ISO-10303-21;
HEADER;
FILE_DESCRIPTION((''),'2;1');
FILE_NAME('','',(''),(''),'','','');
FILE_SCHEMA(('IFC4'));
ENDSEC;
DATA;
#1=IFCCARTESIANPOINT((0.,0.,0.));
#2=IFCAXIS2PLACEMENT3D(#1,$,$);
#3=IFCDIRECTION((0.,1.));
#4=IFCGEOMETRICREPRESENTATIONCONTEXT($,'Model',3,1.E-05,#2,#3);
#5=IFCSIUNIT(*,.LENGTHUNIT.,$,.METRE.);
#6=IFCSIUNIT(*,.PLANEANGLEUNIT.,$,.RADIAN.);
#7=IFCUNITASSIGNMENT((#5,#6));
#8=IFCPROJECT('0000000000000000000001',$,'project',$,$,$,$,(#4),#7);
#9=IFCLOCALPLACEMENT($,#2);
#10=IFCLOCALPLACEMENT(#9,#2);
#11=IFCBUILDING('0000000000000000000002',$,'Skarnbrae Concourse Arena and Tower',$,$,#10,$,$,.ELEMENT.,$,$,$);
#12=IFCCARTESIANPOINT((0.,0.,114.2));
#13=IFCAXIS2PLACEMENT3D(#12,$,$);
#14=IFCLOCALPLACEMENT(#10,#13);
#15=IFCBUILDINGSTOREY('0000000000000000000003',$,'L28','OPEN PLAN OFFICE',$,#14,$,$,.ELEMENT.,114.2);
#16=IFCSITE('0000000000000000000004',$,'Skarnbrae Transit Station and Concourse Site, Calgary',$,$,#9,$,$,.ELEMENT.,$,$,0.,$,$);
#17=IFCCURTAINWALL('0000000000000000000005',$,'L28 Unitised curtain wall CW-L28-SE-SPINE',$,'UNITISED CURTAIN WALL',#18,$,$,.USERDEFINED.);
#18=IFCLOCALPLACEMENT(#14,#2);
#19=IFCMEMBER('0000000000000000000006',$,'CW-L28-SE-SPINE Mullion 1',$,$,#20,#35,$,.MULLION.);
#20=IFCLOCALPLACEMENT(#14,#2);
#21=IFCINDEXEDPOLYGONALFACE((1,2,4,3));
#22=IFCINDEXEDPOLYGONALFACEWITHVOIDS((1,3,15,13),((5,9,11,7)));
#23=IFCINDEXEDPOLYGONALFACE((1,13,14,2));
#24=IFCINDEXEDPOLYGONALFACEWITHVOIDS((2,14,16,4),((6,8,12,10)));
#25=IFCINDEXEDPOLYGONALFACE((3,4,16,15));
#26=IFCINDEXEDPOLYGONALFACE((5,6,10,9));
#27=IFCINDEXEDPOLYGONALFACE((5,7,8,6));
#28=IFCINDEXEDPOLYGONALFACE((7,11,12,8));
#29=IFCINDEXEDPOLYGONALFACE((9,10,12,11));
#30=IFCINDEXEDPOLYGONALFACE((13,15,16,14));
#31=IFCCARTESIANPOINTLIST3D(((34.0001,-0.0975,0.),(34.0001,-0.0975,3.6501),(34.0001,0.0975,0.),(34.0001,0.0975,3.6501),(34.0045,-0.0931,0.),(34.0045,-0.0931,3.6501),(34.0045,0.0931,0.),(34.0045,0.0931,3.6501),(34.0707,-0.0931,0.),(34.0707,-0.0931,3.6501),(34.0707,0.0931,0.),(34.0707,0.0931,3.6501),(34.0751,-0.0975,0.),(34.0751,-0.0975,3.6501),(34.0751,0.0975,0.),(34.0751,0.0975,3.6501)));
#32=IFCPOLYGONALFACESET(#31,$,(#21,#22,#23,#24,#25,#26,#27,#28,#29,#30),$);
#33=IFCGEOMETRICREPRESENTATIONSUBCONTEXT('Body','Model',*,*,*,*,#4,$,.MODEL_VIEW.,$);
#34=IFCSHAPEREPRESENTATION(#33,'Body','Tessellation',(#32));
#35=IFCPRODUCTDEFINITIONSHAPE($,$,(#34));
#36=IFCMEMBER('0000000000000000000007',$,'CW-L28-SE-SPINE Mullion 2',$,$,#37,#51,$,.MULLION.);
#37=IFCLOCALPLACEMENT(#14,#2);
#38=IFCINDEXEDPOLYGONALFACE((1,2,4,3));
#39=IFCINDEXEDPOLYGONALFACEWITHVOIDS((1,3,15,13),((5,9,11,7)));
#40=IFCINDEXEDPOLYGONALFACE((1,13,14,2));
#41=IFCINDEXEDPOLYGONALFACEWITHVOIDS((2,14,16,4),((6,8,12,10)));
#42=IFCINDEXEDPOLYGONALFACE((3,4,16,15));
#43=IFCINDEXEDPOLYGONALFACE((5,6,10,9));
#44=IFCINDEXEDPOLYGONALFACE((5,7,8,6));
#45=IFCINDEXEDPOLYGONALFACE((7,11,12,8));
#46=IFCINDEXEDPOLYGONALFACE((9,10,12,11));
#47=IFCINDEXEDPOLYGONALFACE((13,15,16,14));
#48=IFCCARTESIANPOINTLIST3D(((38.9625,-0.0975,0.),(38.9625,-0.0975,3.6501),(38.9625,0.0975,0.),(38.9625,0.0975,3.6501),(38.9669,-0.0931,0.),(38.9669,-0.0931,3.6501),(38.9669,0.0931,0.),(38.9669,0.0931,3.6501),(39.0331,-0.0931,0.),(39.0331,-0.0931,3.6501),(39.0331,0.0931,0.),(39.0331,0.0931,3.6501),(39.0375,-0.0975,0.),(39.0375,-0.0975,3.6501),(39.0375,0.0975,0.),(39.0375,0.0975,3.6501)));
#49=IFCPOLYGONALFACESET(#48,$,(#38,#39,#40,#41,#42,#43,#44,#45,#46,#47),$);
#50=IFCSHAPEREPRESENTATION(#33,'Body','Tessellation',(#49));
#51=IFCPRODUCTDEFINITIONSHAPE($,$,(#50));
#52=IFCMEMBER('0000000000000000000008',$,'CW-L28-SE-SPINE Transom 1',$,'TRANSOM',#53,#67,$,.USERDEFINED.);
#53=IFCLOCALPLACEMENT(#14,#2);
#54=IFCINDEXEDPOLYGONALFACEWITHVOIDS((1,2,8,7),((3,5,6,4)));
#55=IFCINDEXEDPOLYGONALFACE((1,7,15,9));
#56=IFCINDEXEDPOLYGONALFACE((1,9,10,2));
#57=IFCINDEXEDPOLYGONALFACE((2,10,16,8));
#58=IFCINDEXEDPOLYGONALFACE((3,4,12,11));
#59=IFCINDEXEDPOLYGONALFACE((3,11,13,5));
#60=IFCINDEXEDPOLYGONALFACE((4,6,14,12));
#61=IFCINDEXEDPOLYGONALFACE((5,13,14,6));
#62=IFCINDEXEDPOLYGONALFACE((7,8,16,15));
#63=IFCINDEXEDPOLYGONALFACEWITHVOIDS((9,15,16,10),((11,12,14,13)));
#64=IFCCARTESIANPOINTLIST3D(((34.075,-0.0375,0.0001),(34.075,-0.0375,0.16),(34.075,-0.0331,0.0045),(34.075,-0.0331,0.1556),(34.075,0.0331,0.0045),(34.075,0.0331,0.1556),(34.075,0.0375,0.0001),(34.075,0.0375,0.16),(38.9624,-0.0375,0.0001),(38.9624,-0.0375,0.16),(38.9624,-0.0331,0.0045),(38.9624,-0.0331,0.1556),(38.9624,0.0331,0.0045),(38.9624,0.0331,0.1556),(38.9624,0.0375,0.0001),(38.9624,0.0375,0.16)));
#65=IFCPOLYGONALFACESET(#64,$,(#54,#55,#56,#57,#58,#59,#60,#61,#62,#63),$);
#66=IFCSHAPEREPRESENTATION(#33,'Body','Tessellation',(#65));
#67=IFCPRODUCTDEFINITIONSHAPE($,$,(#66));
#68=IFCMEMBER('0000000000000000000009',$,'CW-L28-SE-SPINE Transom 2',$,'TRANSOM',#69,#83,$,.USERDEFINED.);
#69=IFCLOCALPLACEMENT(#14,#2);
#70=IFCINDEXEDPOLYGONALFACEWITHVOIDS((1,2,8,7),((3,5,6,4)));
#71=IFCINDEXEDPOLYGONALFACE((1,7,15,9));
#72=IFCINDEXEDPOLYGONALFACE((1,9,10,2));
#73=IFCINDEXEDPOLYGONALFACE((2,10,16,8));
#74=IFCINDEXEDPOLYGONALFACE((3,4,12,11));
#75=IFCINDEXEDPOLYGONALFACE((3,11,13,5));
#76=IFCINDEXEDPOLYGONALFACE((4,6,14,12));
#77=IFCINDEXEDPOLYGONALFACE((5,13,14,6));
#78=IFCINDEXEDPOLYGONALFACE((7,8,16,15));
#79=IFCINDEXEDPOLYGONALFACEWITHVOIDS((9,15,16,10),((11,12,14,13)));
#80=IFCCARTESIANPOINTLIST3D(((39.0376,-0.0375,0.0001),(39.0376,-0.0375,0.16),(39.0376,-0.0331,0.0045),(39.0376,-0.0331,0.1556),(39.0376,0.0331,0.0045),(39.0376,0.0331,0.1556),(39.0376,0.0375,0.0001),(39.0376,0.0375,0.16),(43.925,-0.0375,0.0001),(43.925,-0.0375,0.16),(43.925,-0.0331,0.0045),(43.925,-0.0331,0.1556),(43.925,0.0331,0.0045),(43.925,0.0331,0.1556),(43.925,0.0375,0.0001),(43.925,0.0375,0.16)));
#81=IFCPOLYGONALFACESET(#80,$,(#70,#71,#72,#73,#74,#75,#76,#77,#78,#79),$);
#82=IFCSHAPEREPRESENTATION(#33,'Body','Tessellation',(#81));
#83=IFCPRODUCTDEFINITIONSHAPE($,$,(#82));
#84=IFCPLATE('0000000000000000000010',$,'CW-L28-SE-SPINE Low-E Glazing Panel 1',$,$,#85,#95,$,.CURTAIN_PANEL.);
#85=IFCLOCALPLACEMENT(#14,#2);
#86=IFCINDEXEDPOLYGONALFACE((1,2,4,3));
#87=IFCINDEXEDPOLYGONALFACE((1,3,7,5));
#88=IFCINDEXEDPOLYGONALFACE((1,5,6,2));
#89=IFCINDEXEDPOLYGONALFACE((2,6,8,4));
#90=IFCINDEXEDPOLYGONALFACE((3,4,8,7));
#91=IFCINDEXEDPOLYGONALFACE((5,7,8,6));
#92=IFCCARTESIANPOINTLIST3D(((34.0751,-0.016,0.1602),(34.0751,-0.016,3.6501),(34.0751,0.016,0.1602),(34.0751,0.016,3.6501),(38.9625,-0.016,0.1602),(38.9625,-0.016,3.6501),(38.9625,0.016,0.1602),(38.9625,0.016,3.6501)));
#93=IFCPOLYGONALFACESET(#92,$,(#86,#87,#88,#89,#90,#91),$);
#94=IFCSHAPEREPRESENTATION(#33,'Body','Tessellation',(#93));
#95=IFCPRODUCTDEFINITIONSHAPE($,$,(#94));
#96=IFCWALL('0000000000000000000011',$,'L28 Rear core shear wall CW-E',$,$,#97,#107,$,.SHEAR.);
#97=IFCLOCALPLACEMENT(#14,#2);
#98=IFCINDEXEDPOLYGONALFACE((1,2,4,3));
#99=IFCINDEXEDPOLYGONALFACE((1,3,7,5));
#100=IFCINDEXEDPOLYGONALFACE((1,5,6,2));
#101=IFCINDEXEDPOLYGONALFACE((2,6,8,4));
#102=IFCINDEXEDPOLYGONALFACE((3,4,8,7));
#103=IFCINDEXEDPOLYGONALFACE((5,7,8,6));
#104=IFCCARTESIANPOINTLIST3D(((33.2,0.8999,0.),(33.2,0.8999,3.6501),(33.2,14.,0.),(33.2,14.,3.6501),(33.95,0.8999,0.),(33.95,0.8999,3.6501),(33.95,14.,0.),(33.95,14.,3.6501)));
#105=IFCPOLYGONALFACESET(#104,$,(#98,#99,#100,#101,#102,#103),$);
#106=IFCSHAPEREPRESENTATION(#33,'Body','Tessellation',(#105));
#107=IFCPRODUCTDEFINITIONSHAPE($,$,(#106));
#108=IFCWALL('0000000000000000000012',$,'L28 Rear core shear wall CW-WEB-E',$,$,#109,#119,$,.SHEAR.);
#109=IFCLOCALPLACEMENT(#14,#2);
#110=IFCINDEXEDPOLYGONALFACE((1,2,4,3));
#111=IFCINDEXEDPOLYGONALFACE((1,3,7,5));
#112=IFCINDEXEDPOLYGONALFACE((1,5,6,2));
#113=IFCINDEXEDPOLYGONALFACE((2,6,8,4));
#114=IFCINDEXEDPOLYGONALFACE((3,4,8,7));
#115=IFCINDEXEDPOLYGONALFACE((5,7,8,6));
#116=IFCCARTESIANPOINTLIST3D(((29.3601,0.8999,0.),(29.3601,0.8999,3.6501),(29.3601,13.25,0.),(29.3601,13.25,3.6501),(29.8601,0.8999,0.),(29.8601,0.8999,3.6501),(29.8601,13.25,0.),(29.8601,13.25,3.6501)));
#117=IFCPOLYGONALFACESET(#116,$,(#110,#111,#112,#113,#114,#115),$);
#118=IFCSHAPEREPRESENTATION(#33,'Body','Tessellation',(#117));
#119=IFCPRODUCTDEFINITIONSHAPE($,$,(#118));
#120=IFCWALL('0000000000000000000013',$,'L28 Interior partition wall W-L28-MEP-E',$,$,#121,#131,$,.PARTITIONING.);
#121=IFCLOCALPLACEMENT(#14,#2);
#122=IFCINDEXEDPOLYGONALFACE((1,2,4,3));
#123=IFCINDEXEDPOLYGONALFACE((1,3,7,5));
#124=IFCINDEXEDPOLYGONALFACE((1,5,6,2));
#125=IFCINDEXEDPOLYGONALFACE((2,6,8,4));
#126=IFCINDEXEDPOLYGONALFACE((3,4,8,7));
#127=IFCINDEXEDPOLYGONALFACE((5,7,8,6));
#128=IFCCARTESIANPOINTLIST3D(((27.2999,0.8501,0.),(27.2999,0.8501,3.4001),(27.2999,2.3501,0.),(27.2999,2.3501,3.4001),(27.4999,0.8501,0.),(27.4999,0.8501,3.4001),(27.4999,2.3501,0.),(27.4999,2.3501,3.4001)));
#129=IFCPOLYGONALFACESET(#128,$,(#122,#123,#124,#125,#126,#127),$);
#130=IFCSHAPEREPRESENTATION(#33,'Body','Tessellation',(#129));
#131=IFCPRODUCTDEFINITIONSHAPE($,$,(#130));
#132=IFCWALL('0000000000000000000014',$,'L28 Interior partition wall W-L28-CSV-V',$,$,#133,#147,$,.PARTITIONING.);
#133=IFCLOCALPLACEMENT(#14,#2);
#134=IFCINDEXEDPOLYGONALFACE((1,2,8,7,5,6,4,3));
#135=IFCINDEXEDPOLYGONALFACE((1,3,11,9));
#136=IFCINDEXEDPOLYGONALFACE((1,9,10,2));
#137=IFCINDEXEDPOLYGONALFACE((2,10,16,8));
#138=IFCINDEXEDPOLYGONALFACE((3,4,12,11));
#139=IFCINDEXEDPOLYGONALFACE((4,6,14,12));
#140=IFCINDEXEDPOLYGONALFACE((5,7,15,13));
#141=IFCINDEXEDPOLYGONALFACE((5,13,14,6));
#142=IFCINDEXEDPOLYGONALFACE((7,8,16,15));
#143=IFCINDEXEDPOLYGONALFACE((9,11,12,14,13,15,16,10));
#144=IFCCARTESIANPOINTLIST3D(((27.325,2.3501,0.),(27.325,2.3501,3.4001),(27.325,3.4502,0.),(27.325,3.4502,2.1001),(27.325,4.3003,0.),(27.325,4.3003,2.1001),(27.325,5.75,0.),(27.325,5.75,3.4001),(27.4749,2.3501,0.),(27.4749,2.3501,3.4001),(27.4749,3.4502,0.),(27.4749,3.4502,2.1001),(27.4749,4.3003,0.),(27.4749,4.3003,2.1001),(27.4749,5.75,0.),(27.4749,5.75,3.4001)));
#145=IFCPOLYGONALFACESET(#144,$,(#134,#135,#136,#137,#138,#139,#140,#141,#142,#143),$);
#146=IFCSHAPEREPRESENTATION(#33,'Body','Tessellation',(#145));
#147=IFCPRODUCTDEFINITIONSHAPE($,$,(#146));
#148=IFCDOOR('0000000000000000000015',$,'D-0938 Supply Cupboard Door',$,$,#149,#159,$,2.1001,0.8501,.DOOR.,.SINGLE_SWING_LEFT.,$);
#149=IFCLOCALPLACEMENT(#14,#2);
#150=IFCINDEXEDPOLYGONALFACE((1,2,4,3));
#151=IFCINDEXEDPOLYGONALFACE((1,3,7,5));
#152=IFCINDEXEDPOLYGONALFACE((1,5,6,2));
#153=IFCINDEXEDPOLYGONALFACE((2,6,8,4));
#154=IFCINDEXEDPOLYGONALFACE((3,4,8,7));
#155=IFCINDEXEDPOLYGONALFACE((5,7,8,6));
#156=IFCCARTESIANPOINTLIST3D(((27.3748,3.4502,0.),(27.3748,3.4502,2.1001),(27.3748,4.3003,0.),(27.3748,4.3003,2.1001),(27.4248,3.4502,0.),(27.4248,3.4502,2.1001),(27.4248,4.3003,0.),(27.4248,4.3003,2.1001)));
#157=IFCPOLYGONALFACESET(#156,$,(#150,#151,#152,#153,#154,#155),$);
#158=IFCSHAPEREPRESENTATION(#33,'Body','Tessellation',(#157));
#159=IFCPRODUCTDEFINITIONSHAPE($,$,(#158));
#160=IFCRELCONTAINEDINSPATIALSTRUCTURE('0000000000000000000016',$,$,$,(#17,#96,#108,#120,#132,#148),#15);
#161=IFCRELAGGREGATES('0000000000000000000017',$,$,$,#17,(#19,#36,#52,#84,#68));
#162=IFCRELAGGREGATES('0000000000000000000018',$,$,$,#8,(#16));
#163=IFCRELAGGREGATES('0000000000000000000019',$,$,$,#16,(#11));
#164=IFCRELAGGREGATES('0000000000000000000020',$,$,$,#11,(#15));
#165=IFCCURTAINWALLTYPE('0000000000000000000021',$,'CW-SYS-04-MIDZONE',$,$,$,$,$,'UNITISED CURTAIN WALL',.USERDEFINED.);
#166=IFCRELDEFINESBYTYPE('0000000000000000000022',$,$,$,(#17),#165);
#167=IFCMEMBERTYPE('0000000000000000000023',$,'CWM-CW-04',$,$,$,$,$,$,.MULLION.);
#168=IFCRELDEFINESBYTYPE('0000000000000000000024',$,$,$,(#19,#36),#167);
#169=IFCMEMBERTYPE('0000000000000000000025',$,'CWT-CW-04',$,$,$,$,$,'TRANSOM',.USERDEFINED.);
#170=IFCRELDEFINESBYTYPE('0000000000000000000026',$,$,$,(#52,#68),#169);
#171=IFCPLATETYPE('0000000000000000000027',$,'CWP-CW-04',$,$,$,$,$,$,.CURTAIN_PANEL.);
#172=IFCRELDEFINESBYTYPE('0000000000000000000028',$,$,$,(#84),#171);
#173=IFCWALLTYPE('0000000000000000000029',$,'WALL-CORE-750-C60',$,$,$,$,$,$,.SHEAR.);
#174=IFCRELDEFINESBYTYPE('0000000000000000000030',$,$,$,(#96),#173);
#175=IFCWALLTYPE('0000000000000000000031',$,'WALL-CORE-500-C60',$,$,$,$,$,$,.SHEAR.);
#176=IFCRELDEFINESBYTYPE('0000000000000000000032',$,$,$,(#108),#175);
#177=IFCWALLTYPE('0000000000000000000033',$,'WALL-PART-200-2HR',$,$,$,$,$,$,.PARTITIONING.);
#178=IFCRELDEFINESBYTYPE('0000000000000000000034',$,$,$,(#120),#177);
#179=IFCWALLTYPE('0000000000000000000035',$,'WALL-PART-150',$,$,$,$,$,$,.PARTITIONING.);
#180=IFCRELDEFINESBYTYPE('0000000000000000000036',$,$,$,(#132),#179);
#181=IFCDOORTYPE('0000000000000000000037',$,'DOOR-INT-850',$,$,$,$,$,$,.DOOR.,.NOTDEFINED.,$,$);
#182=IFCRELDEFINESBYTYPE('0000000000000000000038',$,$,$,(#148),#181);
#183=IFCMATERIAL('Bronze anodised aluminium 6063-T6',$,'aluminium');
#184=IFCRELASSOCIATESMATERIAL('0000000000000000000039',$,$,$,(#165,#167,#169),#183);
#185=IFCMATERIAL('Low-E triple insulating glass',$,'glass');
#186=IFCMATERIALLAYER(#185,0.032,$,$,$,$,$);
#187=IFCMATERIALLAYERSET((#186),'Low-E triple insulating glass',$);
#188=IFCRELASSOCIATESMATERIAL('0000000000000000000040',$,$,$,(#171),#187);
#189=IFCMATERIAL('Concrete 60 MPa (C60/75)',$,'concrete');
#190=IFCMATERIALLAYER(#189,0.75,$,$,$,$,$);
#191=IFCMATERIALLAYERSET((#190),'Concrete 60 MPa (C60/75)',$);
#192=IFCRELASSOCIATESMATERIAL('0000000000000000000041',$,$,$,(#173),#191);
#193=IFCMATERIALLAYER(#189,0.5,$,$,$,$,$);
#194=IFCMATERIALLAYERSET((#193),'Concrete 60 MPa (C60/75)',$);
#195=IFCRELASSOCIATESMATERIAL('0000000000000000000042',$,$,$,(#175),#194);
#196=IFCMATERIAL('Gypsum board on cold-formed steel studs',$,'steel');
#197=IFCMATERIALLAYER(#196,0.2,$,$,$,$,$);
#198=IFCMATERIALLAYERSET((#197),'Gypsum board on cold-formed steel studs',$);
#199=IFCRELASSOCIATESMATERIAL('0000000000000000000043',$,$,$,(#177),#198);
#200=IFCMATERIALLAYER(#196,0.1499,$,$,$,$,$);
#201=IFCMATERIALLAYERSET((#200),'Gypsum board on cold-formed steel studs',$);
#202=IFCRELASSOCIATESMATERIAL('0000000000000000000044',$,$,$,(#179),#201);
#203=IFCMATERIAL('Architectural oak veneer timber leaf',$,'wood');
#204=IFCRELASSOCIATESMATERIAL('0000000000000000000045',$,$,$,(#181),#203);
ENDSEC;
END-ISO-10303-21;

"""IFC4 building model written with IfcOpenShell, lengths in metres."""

from ifc_helpers import new_model, si_unit, direction, frame, frame_2d, origin, origin_2d, place, context, subcontext, project, spatial, rectangle, hollow_rectangle, extrude, source, transform, mapped, material, layer, layer_set, material_profile, profile_set, type_object, element, fill, aggregate, save


model = new_model("IFC4")

# Units and contexts
model_context = context("Model", 3, precision=1e-05, world=origin(), true_north=direction((0.0, 1.0)))
body_context = subcontext(model_context, "Body", "Model", "MODEL_VIEW")
ifc_project = project(units=[si_unit("LENGTHUNIT", "METRE"), si_unit("PLANEANGLEUNIT", "RADIAN")], contexts=[model_context])

# Site, building, storey
site_placement = place(None, origin())
site = spatial("IfcSite", under=ifc_project, at=site_placement, Name="Skarnbrae Transit Station and Concourse Site, Calgary", CompositionType="ELEMENT", RefElevation=0.0)
building_placement = place(site_placement, origin())
building = spatial("IfcBuilding", under=site, at=building_placement, Name="Skarnbrae Concourse Arena and Tower", CompositionType="ELEMENT")
storey_placement = place(building_placement, frame((0.0, 0.0, 114.2)))
storey = spatial("IfcBuildingStorey", under=building, at=storey_placement, Name="L28", Description="OPEN PLAN OFFICE", CompositionType="ELEMENT", Elevation=114.2)

# Curtain wall, members, plate
ifc_material_1 = material(Name="Bronze anodised aluminium 6063-T6", Category="aluminium")
curtain_wall_type = type_object("IfcCurtainWallType", Name="CW-SYS-04-MIDZONE", ElementType="UNITISED CURTAIN WALL", PredefinedType="USERDEFINED", material=ifc_material_1)
curtain_wall_placement = place(storey_placement, origin())
curtain_wall = element("IfcCurtainWall", 1, at=curtain_wall_placement, inside=storey, type_object=curtain_wall_type, Name="L28 Unitised curtain wall CW-L28-SE-SPINE", ObjectType="UNITISED CURTAIN WALL", PredefinedType="USERDEFINED")
ifc_material_profile_1 = material_profile(ifc_material_1, hollow_rectangle(XDim=0.075, YDim=0.1951, WallThickness=0.0044, at=origin_2d()), Name="ALU-MULL-75X195")
ifc_profile_set_1 = profile_set([ifc_material_profile_1], Name="Bronze anodised aluminium 6063-T6")
member_type_1 = type_object("IfcMemberType", Name="CWM-CW-04", PredefinedType="MULLION", material=ifc_profile_set_1)
shared_shape_1 = source(origin(), body_context, "Body", "SweptSolid", [
    extrude(hollow_rectangle(XDim=0.075, YDim=0.1951, WallThickness=0.0044, at=origin_2d()), origin(), (0.0, 0.0, 1.0), 3.6501),
])
member_1_placement = place(storey_placement, frame((34.0376, 0.0, 0.0), z_axis=(0.0, 0.0, 1.0), x_axis=(1.0, 0.0, 0.0)))
member_1 = element("IfcMember", 2, at=member_1_placement, type_object=member_type_1, Name="CW-L28-SE-SPINE Mullion 1", PredefinedType="MULLION", context=body_context, shape_type="MappedRepresentation", body=[
    mapped(shared_shape_1, transform((0.0, 0.0, 0.0))),
])
member_2_placement = place(storey_placement, frame((39.0, 0.0, 0.0), z_axis=(0.0, 0.0, 1.0), x_axis=(1.0, 0.0, 0.0)))
member_2 = element("IfcMember", 3, at=member_2_placement, type_object=member_type_1, Name="CW-L28-SE-SPINE Mullion 2", PredefinedType="MULLION", context=body_context, shape_type="MappedRepresentation", body=[
    mapped(shared_shape_1, transform((0.0, 0.0, 0.0))),
])
ifc_material_profile_2 = material_profile(ifc_material_1, hollow_rectangle(XDim=0.075, YDim=0.1599, WallThickness=0.0044, at=origin_2d()), Name="ALU-TRAN-75X160")
ifc_profile_set_2 = profile_set([ifc_material_profile_2], Name="Bronze anodised aluminium 6063-T6")
member_type_2 = type_object("IfcMemberType", Name="CWT-CW-04", ElementType="TRANSOM", PredefinedType="USERDEFINED", material=ifc_profile_set_2)
shared_shape_2 = source(origin(), body_context, "Body", "SweptSolid", [
    extrude(hollow_rectangle(XDim=0.075, YDim=0.1599, WallThickness=0.0044, at=origin_2d()), origin(), (0.0, 0.0, 1.0), 4.8875),
])
member_3_placement = place(storey_placement, frame((34.075, 0.0, 0.0801), z_axis=(1.0, 0.0, 0.0), x_axis=(0.0, 1.0, 0.0)))
member_3 = element("IfcMember", 4, at=member_3_placement, type_object=member_type_2, Name="CW-L28-SE-SPINE Transom 1", ObjectType="TRANSOM", PredefinedType="USERDEFINED", context=body_context, shape_type="MappedRepresentation", body=[
    mapped(shared_shape_2, transform((0.0, 0.0, 0.0))),
])
member_4_placement = place(storey_placement, frame((39.0376, 0.0, 0.0801), z_axis=(1.0, 0.0, 0.0), x_axis=(0.0, 1.0, 0.0)))
member_4 = element("IfcMember", 5, at=member_4_placement, type_object=member_type_2, Name="CW-L28-SE-SPINE Transom 2", ObjectType="TRANSOM", PredefinedType="USERDEFINED", context=body_context, shape_type="MappedRepresentation", body=[
    mapped(shared_shape_2, transform((0.0, 0.0, 0.0))),
])
ifc_material_2 = material(Name="Low-E triple insulating glass", Category="glass")
ifc_layer_1 = layer(ifc_material_2, 0.032)
ifc_layer_set_1 = layer_set([ifc_layer_1], Name="Low-E triple insulating glass")
plate_type = type_object("IfcPlateType", Name="CWP-CW-04", PredefinedType="CURTAIN_PANEL", material=ifc_layer_set_1)
shared_shape_3 = source(origin(), body_context, "Body", "SweptSolid", [
    extrude(rectangle(XDim=4.8875, YDim=0.032, at=origin_2d()), origin(), (0.0, 0.0, 1.0), 3.49),
])
plate_placement = place(storey_placement, frame((36.5188, 0.0, 0.1602), z_axis=(0.0, 0.0, 1.0), x_axis=(1.0, 0.0, 0.0)))
plate = element("IfcPlate", 6, at=plate_placement, type_object=plate_type, Name="CW-L28-SE-SPINE Low-E Glazing Panel 1", PredefinedType="CURTAIN_PANEL", context=body_context, shape_type="MappedRepresentation", body=[
    mapped(shared_shape_3, transform((0.0, 0.0, 0.0))),
])
aggregate(curtain_wall, [member_1, member_2, member_3, plate, member_4])

# Walls
ifc_material_3 = material(Name="Concrete 60 MPa (C60/75)", Category="concrete")
ifc_layer_2 = layer(ifc_material_3, 0.75)
ifc_layer_set_2 = layer_set([ifc_layer_2], Name="Concrete 60 MPa (C60/75)")
wall_type_1 = type_object("IfcWallType", Name="WALL-CORE-750-C60", PredefinedType="SHEAR", material=ifc_layer_set_2)
shared_shape_4 = source(origin(), body_context, "Body", "SweptSolid", [
    extrude(rectangle(XDim=13.1001, YDim=0.75, at=frame_2d((6.55, 0.0))), origin(), (0.0, 0.0, 1.0), 3.6501),
])
wall_1_placement = place(storey_placement, frame((33.575, 0.8999, 0.0), z_axis=(0.0, 0.0, 1.0), x_axis=(0.0, 1.0, 0.0)))
element("IfcWall", 7, at=wall_1_placement, inside=storey, type_object=wall_type_1, Name="L28 Rear core shear wall CW-E", PredefinedType="SHEAR", context=body_context, shape_type="MappedRepresentation", body=[
    mapped(shared_shape_4, transform((0.0, 0.0, 0.0))),
])
ifc_layer_3 = layer(ifc_material_3, 0.5)
ifc_layer_set_3 = layer_set([ifc_layer_3], Name="Concrete 60 MPa (C60/75)")
wall_type_2 = type_object("IfcWallType", Name="WALL-CORE-500-C60", PredefinedType="SHEAR", material=ifc_layer_set_3)
shared_shape_5 = source(origin(), body_context, "Body", "SweptSolid", [
    extrude(rectangle(XDim=12.3501, YDim=0.5, at=frame_2d((6.175, 0.0))), origin(), (0.0, 0.0, 1.0), 3.6501),
])
wall_2_placement = place(storey_placement, frame((29.6101, 0.8999, 0.0), z_axis=(0.0, 0.0, 1.0), x_axis=(0.0, 1.0, 0.0)))
element("IfcWall", 8, at=wall_2_placement, inside=storey, type_object=wall_type_2, Name="L28 Rear core shear wall CW-WEB-E", PredefinedType="SHEAR", context=body_context, shape_type="MappedRepresentation", body=[
    mapped(shared_shape_5, transform((0.0, 0.0, 0.0))),
])
ifc_material_4 = material(Name="Gypsum board on cold-formed steel studs", Category="steel")
ifc_layer_4 = layer(ifc_material_4, 0.2)
ifc_layer_set_4 = layer_set([ifc_layer_4], Name="Gypsum board on cold-formed steel studs")
wall_type_3 = type_object("IfcWallType", Name="WALL-PART-200-2HR", PredefinedType="PARTITIONING", material=ifc_layer_set_4)
shared_shape_6 = source(origin(), body_context, "Body", "SweptSolid", [
    extrude(rectangle(XDim=1.5, YDim=0.2, at=frame_2d((0.75, 0.0))), origin(), (0.0, 0.0, 1.0), 3.4001),
])
wall_3_placement = place(storey_placement, frame((27.3999, 0.8501, 0.0), z_axis=(0.0, 0.0, 1.0), x_axis=(0.0, 1.0, 0.0)))
element("IfcWall", 9, at=wall_3_placement, inside=storey, type_object=wall_type_3, Name="L28 Interior partition wall W-L28-MEP-E", PredefinedType="PARTITIONING", context=body_context, shape_type="MappedRepresentation", body=[
    mapped(shared_shape_6, transform((0.0, 0.0, 0.0))),
])

# Wall, opening, door
ifc_layer_5 = layer(ifc_material_4, 0.1499)
ifc_layer_set_5 = layer_set([ifc_layer_5], Name="Gypsum board on cold-formed steel studs")
wall_type_4 = type_object("IfcWallType", Name="WALL-PART-150", PredefinedType="PARTITIONING", material=ifc_layer_set_5)
shared_shape_7 = source(origin(), body_context, "Body", "SweptSolid", [
    extrude(rectangle(XDim=3.3999, YDim=0.1499, at=frame_2d((1.7, 0.0))), origin(), (0.0, 0.0, 1.0), 3.4001),
])
wall_4_placement = place(storey_placement, frame((27.3999, 2.3501, 0.0), z_axis=(0.0, 0.0, 1.0), x_axis=(0.0, 1.0, 0.0)))
wall_4 = element("IfcWall", 10, at=wall_4_placement, inside=storey, type_object=wall_type_4, Name="L28 Interior partition wall W-L28-CSV-V", PredefinedType="PARTITIONING", context=body_context, shape_type="MappedRepresentation", body=[
    mapped(shared_shape_7, transform((0.0, 0.0, 0.0))),
])
opening_placement = place(wall_4_placement, frame((1.1001, 0.0, 0.0)))
opening = element("IfcOpeningElement", 11, at=opening_placement, cuts=wall_4, PredefinedType="OPENING", context=body_context, shape_type="SweptSolid", body=[
    extrude(rectangle(XDim=0.8501, YDim=2.1001, at=frame_2d((0.425, 1.05))), frame((0.0, 0.085, 0.0), z_axis=(0.0, -1.0, 0.0), x_axis=(1.0, 0.0, 0.0)), (0.0, 0.0, 1.0), 0.1699),
])
ifc_material_5 = material(Name="Architectural oak veneer timber leaf", Category="wood")
door_type = type_object("IfcDoorType", Name="DOOR-INT-850", OperationType="NOTDEFINED", PredefinedType="DOOR", material=ifc_material_5)
shared_shape_8 = source(origin(), body_context, "Body", "SweptSolid", [
    extrude(rectangle(XDim=0.8501, YDim=2.1001, at=frame_2d((0.425, 1.05))), frame((0.0, 0.0249, 0.0), z_axis=(0.0, -1.0, 0.0), x_axis=(1.0, 0.0, 0.0)), (0.0, 0.0, 1.0), 0.05),
])
door_placement = place(opening_placement, frame((0.8501, 0.0, 0.0), z_axis=(0.0, 0.0, 1.0), x_axis=(-1.0, 0.0, 0.0)))
door = element("IfcDoor", 12, at=door_placement, inside=storey, type_object=door_type, Name="D-0938 Supply Cupboard Door", OperationType="SINGLE_SWING_LEFT", OverallHeight=2.1001, OverallWidth=0.8501, PredefinedType="DOOR", context=body_context, shape_type="MappedRepresentation", body=[
    mapped(shared_shape_8, transform((0.0, 0.0, 0.0))),
])
fill(opening, door)

save(model, "model.ifc")
